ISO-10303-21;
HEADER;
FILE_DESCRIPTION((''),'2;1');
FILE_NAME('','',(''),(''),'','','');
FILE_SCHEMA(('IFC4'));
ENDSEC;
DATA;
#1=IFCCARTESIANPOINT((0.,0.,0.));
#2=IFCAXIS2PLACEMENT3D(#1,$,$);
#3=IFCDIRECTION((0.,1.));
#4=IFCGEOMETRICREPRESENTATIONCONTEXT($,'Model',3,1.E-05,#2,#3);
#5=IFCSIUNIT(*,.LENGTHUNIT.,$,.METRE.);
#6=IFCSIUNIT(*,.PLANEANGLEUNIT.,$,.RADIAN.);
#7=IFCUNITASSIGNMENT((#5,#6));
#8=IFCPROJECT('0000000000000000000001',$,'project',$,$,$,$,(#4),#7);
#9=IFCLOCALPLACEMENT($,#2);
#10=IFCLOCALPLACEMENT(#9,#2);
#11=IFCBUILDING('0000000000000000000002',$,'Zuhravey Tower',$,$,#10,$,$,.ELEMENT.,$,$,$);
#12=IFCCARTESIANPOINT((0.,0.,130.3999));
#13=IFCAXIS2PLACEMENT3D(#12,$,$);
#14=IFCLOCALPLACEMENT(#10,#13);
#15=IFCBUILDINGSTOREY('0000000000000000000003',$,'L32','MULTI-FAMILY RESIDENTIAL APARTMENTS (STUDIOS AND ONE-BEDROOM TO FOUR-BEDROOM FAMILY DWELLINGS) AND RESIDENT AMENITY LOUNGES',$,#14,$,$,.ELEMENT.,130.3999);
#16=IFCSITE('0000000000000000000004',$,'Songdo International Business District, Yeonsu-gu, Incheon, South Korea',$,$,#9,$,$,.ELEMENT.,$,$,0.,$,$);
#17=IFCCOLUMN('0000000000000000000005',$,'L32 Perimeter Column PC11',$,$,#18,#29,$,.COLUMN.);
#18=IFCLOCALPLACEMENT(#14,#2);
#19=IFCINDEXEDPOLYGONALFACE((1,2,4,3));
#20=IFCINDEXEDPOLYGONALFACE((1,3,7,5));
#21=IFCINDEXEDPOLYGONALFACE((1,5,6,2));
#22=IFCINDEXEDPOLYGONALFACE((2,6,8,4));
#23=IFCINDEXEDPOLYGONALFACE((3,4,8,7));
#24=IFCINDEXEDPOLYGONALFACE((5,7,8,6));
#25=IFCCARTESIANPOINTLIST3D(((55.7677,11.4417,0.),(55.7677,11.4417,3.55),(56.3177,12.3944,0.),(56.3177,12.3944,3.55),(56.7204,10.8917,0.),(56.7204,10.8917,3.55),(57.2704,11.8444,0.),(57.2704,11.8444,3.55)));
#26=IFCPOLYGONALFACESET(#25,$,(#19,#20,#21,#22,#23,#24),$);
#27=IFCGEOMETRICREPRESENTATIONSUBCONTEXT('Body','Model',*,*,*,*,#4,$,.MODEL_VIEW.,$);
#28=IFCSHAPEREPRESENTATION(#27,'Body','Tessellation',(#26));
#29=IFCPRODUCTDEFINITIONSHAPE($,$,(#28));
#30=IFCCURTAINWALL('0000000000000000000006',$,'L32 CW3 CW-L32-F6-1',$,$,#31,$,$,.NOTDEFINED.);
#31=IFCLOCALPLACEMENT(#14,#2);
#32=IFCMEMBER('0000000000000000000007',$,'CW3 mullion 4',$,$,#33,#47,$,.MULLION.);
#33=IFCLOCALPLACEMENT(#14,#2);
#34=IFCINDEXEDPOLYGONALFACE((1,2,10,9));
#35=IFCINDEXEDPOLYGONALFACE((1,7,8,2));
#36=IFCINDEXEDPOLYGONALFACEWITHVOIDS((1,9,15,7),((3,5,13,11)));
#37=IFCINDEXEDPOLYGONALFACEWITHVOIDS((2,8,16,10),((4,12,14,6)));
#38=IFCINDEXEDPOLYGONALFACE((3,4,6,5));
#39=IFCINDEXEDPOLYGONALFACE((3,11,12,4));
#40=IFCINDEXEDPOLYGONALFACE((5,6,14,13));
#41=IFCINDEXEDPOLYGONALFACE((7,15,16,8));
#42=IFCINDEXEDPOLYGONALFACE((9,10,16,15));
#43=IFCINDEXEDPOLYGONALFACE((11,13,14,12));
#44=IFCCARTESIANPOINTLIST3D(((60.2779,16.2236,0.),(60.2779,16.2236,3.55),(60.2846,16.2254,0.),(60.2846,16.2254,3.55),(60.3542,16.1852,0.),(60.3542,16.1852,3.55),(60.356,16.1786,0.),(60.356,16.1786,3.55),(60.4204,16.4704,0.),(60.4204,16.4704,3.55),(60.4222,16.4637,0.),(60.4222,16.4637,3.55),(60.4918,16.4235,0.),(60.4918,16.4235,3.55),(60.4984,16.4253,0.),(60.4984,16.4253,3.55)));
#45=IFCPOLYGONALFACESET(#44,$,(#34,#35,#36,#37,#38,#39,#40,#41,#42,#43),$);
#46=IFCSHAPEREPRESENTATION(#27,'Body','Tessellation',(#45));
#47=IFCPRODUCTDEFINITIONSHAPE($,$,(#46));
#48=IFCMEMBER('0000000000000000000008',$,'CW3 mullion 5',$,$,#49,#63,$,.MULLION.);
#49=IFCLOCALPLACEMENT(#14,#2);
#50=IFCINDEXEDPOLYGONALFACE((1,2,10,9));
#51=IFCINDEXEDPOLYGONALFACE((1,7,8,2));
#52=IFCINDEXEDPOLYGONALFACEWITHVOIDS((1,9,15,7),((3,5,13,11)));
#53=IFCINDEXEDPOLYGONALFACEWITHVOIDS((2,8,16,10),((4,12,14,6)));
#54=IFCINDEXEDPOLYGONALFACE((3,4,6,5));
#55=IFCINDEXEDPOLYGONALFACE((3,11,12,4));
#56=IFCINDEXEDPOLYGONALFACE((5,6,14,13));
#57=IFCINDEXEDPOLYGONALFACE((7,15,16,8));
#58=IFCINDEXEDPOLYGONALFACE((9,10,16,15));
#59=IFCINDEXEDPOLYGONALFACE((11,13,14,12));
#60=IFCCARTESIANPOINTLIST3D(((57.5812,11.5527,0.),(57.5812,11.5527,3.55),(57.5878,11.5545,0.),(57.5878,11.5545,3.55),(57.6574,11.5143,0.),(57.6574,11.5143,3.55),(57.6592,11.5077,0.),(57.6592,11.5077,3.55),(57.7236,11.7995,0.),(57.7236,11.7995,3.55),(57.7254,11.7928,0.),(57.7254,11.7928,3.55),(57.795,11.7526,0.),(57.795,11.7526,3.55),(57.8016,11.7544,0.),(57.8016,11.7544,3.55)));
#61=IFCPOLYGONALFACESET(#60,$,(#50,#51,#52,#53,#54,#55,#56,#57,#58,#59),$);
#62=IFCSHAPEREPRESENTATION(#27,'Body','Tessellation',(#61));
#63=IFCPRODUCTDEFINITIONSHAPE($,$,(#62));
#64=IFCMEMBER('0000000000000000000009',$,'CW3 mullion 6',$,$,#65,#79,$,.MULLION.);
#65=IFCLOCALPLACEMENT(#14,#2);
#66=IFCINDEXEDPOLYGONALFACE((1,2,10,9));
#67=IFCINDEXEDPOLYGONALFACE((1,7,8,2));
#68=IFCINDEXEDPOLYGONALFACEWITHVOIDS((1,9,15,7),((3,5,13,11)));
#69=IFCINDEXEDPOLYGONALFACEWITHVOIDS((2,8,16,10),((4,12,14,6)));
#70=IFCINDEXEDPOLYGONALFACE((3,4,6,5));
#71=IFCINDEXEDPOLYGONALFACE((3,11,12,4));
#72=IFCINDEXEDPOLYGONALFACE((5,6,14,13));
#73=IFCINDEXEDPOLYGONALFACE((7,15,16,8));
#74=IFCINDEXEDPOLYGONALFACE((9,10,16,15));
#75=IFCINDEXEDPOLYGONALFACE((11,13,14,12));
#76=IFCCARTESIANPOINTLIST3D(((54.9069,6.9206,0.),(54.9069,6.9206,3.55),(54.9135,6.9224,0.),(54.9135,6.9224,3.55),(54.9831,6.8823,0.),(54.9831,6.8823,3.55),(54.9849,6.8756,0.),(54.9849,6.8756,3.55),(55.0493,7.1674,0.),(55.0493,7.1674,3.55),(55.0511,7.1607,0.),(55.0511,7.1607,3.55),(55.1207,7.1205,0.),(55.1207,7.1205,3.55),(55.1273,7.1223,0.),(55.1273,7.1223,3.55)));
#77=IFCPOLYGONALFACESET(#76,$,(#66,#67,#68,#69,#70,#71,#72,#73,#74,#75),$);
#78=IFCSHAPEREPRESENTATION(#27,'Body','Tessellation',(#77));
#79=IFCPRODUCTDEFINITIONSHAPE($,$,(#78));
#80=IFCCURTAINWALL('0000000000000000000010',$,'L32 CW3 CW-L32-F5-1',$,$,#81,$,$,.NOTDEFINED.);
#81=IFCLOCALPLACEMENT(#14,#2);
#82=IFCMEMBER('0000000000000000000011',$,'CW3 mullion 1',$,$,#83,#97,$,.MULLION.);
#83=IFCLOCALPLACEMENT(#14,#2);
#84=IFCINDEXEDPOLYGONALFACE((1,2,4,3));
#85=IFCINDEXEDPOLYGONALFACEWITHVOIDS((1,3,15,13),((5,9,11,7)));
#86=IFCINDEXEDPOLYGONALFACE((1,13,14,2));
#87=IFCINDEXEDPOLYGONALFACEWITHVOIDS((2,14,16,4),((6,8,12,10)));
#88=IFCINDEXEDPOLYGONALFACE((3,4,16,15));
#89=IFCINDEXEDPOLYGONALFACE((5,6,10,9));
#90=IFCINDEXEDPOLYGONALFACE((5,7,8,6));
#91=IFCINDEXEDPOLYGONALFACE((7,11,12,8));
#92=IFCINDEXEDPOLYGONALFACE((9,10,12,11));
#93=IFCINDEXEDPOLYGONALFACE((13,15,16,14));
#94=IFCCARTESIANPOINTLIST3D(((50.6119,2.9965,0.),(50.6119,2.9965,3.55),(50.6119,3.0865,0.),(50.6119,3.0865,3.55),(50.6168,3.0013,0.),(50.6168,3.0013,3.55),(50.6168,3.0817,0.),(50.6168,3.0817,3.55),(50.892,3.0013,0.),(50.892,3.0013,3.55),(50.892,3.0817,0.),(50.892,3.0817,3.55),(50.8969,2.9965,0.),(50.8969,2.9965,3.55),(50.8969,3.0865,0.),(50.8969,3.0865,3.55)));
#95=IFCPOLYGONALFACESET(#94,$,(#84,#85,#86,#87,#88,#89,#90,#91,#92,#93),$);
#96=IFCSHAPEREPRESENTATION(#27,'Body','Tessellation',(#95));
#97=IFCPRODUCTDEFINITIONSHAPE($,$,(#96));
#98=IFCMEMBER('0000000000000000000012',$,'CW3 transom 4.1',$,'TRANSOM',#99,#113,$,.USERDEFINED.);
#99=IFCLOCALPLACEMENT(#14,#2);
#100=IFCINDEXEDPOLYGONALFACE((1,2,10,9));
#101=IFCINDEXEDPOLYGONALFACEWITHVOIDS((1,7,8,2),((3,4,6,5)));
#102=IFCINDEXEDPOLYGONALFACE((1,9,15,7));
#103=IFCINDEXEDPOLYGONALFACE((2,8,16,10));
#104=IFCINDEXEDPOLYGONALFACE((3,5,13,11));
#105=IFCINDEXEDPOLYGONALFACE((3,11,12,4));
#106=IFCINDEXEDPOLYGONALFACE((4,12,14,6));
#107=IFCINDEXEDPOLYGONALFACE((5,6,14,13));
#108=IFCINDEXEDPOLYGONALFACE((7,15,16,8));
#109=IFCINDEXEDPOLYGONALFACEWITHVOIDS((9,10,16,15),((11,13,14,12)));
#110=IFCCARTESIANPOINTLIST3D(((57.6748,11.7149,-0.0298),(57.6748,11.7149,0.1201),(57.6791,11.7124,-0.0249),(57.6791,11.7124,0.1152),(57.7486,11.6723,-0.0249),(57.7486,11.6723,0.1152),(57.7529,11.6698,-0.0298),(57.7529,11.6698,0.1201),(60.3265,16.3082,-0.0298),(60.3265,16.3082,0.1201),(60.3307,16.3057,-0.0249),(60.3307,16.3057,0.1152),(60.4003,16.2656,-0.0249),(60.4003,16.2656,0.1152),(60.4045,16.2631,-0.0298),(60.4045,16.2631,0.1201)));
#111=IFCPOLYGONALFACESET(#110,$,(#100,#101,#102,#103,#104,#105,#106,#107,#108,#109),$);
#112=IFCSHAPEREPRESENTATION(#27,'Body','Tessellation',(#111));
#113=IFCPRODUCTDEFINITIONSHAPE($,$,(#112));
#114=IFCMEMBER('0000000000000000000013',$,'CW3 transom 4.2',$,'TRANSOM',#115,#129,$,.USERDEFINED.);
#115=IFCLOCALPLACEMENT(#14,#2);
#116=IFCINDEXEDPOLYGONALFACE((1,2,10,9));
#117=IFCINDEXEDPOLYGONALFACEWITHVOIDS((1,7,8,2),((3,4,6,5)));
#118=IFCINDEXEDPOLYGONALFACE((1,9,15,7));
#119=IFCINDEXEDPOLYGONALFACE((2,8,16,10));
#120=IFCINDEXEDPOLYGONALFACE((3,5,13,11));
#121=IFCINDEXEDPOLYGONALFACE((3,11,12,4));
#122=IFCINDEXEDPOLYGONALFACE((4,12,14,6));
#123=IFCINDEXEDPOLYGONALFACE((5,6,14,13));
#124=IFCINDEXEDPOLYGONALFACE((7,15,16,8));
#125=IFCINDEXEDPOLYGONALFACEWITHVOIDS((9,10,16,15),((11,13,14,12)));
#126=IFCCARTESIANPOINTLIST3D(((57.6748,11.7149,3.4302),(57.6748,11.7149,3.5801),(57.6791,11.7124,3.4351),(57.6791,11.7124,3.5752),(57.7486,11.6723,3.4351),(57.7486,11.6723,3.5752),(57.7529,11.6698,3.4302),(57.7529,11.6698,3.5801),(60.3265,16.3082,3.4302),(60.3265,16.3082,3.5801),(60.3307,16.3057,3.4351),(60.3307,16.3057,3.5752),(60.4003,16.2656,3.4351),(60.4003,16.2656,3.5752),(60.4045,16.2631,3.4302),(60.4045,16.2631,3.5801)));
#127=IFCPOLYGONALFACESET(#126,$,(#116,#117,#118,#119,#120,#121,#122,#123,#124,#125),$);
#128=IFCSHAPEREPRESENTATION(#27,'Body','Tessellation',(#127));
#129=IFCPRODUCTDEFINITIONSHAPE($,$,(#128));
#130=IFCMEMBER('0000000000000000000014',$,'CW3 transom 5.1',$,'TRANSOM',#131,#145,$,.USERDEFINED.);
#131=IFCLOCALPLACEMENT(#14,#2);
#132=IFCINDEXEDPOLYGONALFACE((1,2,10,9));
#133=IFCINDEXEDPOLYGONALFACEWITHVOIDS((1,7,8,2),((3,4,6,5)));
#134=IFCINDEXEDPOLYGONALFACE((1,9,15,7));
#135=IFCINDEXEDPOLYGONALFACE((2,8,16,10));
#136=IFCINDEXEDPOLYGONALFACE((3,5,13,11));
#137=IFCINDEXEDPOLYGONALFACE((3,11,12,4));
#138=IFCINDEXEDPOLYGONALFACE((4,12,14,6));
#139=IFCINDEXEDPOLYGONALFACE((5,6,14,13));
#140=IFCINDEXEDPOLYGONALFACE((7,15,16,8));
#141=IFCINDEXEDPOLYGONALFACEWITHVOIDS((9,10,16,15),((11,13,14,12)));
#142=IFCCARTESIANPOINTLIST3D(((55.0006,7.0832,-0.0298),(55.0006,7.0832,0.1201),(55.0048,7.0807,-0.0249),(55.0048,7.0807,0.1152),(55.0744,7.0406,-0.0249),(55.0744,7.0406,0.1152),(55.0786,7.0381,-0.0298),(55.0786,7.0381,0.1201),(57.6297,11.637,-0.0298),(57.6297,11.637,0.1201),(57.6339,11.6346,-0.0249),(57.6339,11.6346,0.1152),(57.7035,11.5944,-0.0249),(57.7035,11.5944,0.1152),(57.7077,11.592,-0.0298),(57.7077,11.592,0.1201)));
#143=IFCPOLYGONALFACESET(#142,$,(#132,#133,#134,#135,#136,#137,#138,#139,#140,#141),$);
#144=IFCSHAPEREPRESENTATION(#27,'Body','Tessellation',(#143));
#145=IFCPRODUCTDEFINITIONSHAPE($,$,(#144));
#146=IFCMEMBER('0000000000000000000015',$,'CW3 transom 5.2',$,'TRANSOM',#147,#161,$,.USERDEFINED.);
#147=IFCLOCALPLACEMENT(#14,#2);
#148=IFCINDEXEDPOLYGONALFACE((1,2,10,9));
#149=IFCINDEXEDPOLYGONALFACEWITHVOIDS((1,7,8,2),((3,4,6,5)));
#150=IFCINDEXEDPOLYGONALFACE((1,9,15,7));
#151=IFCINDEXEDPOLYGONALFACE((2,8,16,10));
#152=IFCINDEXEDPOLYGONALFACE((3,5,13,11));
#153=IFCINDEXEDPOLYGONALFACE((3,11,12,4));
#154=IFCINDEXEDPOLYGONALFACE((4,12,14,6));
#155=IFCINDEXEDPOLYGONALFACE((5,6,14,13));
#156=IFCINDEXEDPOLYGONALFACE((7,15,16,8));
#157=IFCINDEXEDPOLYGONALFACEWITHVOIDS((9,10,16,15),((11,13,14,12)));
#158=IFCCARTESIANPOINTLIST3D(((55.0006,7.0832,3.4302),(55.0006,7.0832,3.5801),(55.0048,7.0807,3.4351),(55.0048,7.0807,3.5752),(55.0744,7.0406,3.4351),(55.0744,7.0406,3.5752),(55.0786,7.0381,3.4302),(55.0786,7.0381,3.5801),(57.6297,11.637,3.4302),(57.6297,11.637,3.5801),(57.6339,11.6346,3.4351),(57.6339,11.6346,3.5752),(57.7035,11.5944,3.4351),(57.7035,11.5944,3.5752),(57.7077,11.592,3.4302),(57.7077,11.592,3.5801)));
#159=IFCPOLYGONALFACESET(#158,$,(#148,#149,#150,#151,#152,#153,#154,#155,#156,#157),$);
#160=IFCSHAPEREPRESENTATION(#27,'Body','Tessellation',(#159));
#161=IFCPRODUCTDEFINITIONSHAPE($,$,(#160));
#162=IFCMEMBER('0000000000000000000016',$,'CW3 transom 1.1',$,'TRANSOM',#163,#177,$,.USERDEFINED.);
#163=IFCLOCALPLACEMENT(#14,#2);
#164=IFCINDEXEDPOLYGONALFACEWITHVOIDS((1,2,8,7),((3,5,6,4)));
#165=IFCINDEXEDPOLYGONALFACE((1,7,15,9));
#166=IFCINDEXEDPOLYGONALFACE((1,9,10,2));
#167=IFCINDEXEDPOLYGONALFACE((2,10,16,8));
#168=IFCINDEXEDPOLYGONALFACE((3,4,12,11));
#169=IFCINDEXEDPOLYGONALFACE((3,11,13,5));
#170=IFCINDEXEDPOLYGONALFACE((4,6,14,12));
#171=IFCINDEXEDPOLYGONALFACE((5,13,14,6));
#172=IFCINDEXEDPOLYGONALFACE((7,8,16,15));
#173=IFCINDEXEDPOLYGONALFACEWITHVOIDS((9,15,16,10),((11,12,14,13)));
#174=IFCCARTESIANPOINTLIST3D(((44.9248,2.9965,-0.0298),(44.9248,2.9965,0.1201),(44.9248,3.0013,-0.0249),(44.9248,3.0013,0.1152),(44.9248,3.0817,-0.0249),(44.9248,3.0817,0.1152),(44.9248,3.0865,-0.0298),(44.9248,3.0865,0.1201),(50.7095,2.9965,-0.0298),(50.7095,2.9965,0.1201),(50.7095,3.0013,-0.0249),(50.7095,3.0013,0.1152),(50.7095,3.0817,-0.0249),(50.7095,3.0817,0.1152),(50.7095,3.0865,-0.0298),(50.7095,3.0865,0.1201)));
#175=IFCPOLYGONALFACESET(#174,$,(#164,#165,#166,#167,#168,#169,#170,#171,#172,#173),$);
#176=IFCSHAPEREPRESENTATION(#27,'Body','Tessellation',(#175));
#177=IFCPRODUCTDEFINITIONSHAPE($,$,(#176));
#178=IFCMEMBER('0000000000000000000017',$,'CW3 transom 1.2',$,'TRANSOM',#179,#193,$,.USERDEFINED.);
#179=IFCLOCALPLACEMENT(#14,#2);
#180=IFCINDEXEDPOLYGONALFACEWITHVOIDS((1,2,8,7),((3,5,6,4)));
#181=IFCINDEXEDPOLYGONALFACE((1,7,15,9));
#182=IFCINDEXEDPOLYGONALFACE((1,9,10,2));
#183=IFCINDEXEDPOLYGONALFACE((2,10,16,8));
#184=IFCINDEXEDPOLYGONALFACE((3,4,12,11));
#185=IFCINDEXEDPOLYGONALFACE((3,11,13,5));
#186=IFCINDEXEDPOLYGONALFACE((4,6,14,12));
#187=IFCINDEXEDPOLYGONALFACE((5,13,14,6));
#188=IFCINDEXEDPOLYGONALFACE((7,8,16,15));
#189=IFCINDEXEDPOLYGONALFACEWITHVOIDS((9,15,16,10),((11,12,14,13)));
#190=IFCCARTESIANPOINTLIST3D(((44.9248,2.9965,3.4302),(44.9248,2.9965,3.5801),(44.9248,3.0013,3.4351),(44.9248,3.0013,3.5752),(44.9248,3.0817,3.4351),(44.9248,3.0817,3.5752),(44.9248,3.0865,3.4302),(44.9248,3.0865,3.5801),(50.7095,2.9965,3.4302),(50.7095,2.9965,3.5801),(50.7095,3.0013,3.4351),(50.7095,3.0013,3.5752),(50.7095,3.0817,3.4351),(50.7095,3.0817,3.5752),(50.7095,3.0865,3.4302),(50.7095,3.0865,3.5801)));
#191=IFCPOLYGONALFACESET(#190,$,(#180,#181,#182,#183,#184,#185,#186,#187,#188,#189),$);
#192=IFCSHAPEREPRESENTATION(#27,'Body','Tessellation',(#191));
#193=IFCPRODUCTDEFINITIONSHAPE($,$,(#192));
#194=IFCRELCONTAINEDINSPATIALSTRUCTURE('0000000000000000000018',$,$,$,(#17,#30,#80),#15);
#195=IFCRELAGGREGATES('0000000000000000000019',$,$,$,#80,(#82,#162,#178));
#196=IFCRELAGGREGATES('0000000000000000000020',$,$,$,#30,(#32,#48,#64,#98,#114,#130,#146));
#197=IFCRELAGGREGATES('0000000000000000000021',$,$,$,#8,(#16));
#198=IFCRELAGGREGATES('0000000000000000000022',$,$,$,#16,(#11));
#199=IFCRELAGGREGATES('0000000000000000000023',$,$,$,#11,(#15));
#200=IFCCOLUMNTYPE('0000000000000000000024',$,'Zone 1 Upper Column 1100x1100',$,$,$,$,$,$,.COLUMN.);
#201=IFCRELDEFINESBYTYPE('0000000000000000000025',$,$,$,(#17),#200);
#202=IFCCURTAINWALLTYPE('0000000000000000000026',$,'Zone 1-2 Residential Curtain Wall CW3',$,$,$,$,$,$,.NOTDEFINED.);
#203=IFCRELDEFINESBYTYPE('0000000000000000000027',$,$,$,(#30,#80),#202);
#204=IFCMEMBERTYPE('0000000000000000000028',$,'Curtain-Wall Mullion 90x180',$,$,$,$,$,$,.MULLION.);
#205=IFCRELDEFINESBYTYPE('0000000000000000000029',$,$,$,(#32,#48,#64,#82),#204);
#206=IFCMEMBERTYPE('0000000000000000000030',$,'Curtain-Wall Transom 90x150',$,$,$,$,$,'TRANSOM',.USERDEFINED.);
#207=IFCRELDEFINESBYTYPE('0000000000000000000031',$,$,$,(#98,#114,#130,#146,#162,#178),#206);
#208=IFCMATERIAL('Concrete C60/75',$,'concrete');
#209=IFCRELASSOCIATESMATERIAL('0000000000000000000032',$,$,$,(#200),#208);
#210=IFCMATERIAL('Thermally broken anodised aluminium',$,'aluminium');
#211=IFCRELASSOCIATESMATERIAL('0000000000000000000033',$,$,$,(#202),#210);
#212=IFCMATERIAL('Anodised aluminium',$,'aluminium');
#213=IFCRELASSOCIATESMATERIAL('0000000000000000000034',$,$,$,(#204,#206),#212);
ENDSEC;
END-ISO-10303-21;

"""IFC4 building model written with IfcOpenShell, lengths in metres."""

from ifc_helpers import new_model, si_unit, direction, frame, origin, origin_2d, place, context, subcontext, project, spatial, rectangle, hollow_rectangle, extrude, material, material_profile, profile_set, type_object, element, aggregate, save


model = new_model("IFC4")

# Units and contexts
model_context = context("Model", 3, precision=1e-05, world=origin(), true_north=direction((0.0, 1.0)))
body_context = subcontext(model_context, "Body", "Model", "MODEL_VIEW")
ifc_project = project(units=[si_unit("LENGTHUNIT", "METRE"), si_unit("PLANEANGLEUNIT", "RADIAN")], contexts=[model_context])

# Site, building, storey
site_placement = place(None, origin())
site = spatial("IfcSite", under=ifc_project, at=site_placement, Name="Songdo International Business District, Yeonsu-gu, Incheon, South Korea", CompositionType="ELEMENT", RefElevation=0.0)
building_placement = place(site_placement, origin())
building = spatial("IfcBuilding", under=site, at=building_placement, Name="Zuhravey Tower", CompositionType="ELEMENT")
storey_placement = place(building_placement, frame((0.0, 0.0, 130.3999)))
storey = spatial("IfcBuildingStorey", under=building, at=storey_placement, Name="L32", Description="MULTI-FAMILY RESIDENTIAL APARTMENTS (STUDIOS AND ONE-BEDROOM TO FOUR-BEDROOM FAMILY DWELLINGS) AND RESIDENT AMENITY LOUNGES", CompositionType="ELEMENT", Elevation=130.3999)

# Column
ifc_material_1 = material(Name="Concrete C60/75", Category="concrete")
ifc_material_profile_1 = material_profile(ifc_material_1, rectangle(XDim=1.1001, YDim=1.1001, at=origin_2d()), Name="RC-1100x1100")
ifc_profile_set_1 = profile_set([ifc_material_profile_1], Name="Concrete C60/75")
column_type = type_object("IfcColumnType", Name="Zone 1 Upper Column 1100x1100", PredefinedType="COLUMN", material=ifc_profile_set_1)
column_placement = place(storey_placement, frame((56.519, 11.6431, 0.0), z_axis=(0.0, 0.0, 1.0), x_axis=(0.5, 0.866025, 0.0)))
element("IfcColumn", 1, at=column_placement, inside=storey, type_object=column_type, Name="L32 Perimeter Column PC11", PredefinedType="COLUMN", context=body_context, shape_type="SweptSolid", body=[
    extrude(rectangle(XDim=1.1001, YDim=1.1001, at=origin_2d()), origin(), (0.0, 0.0, 1.0), 3.55),
])

# Curtain wall, members
ifc_material_2 = material(Name="Thermally broken anodised aluminium", Category="aluminium")
curtain_wall_type = type_object("IfcCurtainWallType", Name="Zone 1-2 Residential Curtain Wall CW3", PredefinedType="NOTDEFINED", material=ifc_material_2)
curtain_wall_1_placement = place(storey_placement, origin())
curtain_wall_1 = element("IfcCurtainWall", 2, at=curtain_wall_1_placement, inside=storey, type_object=curtain_wall_type, Name="L32 CW3 CW-L32-F6-1", PredefinedType="NOTDEFINED")
ifc_material_3 = material(Name="Anodised aluminium", Category="aluminium")
ifc_material_profile_2 = material_profile(ifc_material_3, hollow_rectangle(XDim=0.0901, YDim=0.2849, WallThickness=0.0049, at=origin_2d()), Name="ALU-RHS-90x285x5")
ifc_profile_set_2 = profile_set([ifc_material_profile_2], Name="Anodised aluminium")
member_type_1 = type_object("IfcMemberType", Name="Curtain-Wall Mullion 90x180", PredefinedType="MULLION", material=ifc_profile_set_2)
member_1_placement = place(storey_placement, frame((60.3882, 16.3245, 0.0), z_axis=(0.0, 0.0, 1.0), x_axis=(0.866026, -0.5, 0.0)))
member_1 = element("IfcMember", 3, at=member_1_placement, type_object=member_type_1, Name="CW3 mullion 4", PredefinedType="MULLION", context=body_context, shape_type="SweptSolid", body=[
    extrude(hollow_rectangle(XDim=0.0901, YDim=0.2849, WallThickness=0.0049, at=origin_2d()), origin(), (0.0, 0.0, 1.0), 3.55),
])
member_2_placement = place(storey_placement, frame((57.6914, 11.6536, 0.0), z_axis=(0.0, 0.0, 1.0), x_axis=(0.866026, -0.5, 0.0)))
member_2 = element("IfcMember", 4, at=member_2_placement, type_object=member_type_1, Name="CW3 mullion 5", PredefinedType="MULLION", context=body_context, shape_type="SweptSolid", body=[
    extrude(hollow_rectangle(XDim=0.0901, YDim=0.2849, WallThickness=0.0049, at=origin_2d()), origin(), (0.0, 0.0, 1.0), 3.55),
])
member_3_placement = place(storey_placement, frame((55.0171, 7.0215, 0.0), z_axis=(0.0, 0.0, 1.0), x_axis=(0.866026, -0.5, 0.0)))
member_3 = element("IfcMember", 5, at=member_3_placement, type_object=member_type_1, Name="CW3 mullion 6", PredefinedType="MULLION", context=body_context, shape_type="SweptSolid", body=[
    extrude(hollow_rectangle(XDim=0.0901, YDim=0.2849, WallThickness=0.0049, at=origin_2d()), origin(), (0.0, 0.0, 1.0), 3.55),
])

# Curtain wall, member
curtain_wall_2_placement = place(storey_placement, origin())
curtain_wall_2 = element("IfcCurtainWall", 6, at=curtain_wall_2_placement, inside=storey, type_object=curtain_wall_type, Name="L32 CW3 CW-L32-F5-1", PredefinedType="NOTDEFINED")
member_4_placement = place(storey_placement, frame((50.7544, 3.0415, 0.0), z_axis=(0.0, 0.0, 1.0), x_axis=(0.0, -1.0, 0.0)))
member_4 = element("IfcMember", 7, at=member_4_placement, type_object=member_type_1, Name="CW3 mullion 1", PredefinedType="MULLION", context=body_context, shape_type="SweptSolid", body=[
    extrude(hollow_rectangle(XDim=0.0901, YDim=0.2849, WallThickness=0.0049, at=origin_2d()), origin(), (0.0, 0.0, 1.0), 3.55),
])

# Members
ifc_material_profile_3 = material_profile(ifc_material_3, hollow_rectangle(XDim=0.0901, YDim=0.1499, WallThickness=0.0049, at=origin_2d()), Name="ALU-RHS-90x150x5")
ifc_profile_set_3 = profile_set([ifc_material_profile_3], Name="Anodised aluminium")
member_type_2 = type_object("IfcMemberType", Name="Curtain-Wall Transom 90x150", ElementType="TRANSOM", PredefinedType="USERDEFINED", material=ifc_profile_set_3)
member_5_placement = place(storey_placement, frame((60.3655, 16.2856, 0.0452), z_axis=(-0.499956, -0.866051, 0.0), x_axis=(0.866051, -0.499956, 0.0)))
member_5 = element("IfcMember", 8, at=member_5_placement, type_object=member_type_2, Name="CW3 transom 4.1", ObjectType="TRANSOM", PredefinedType="USERDEFINED", context=body_context, shape_type="SweptSolid", body=[
    extrude(hollow_rectangle(XDim=0.0901, YDim=0.1499, WallThickness=0.0049, at=origin_2d()), origin(), (0.0, 0.0, 1.0), 5.3037),
])
member_6_placement = place(storey_placement, frame((60.3655, 16.2856, 3.5051), z_axis=(-0.499956, -0.866051, 0.0), x_axis=(0.866051, -0.499956, 0.0)))
member_6 = element("IfcMember", 9, at=member_6_placement, type_object=member_type_2, Name="CW3 transom 4.2", ObjectType="TRANSOM", PredefinedType="USERDEFINED", context=body_context, shape_type="SweptSolid", body=[
    extrude(hollow_rectangle(XDim=0.0901, YDim=0.1499, WallThickness=0.0049, at=origin_2d()), origin(), (0.0, 0.0, 1.0), 5.3037),
])
member_7_placement = place(storey_placement, frame((57.6687, 11.6145, 0.0452), z_axis=(-0.499989, -0.866032, 0.0), x_axis=(0.866032, -0.499989, 0.0)))
member_7 = element("IfcMember", 10, at=member_7_placement, type_object=member_type_2, Name="CW3 transom 5.1", ObjectType="TRANSOM", PredefinedType="USERDEFINED", context=body_context, shape_type="SweptSolid", body=[
    extrude(hollow_rectangle(XDim=0.0901, YDim=0.1499, WallThickness=0.0049, at=origin_2d()), origin(), (0.0, 0.0, 1.0), 5.2583),
])
member_8_placement = place(storey_placement, frame((57.6687, 11.6145, 3.5051), z_axis=(-0.499989, -0.866032, 0.0), x_axis=(0.866032, -0.499989, 0.0)))
member_8 = element("IfcMember", 11, at=member_8_placement, type_object=member_type_2, Name="CW3 transom 5.2", ObjectType="TRANSOM", PredefinedType="USERDEFINED", context=body_context, shape_type="SweptSolid", body=[
    extrude(hollow_rectangle(XDim=0.0901, YDim=0.1499, WallThickness=0.0049, at=origin_2d()), origin(), (0.0, 0.0, 1.0), 5.2583),
])
member_9_placement = place(storey_placement, frame((50.7095, 3.0415, 0.0452), z_axis=(-1.0, 0.0, 0.0), x_axis=(0.0, -1.0, 0.0)))
member_9 = element("IfcMember", 12, at=member_9_placement, type_object=member_type_2, Name="CW3 transom 1.1", ObjectType="TRANSOM", PredefinedType="USERDEFINED", context=body_context, shape_type="SweptSolid", body=[
    extrude(hollow_rectangle(XDim=0.0901, YDim=0.1499, WallThickness=0.0049, at=origin_2d()), origin(), (0.0, 0.0, 1.0), 5.7847),
])
member_10_placement = place(storey_placement, frame((50.7095, 3.0415, 3.5051), z_axis=(-1.0, 0.0, 0.0), x_axis=(0.0, -1.0, 0.0)))
member_10 = element("IfcMember", 13, at=member_10_placement, type_object=member_type_2, Name="CW3 transom 1.2", ObjectType="TRANSOM", PredefinedType="USERDEFINED", context=body_context, shape_type="SweptSolid", body=[
    extrude(hollow_rectangle(XDim=0.0901, YDim=0.1499, WallThickness=0.0049, at=origin_2d()), origin(), (0.0, 0.0, 1.0), 5.7847),
])
aggregate(curtain_wall_2, [member_4, member_9, member_10])

aggregate(curtain_wall_1, [member_1, member_2, member_3, member_5, member_6, member_7, member_8])

save(model, "model.ifc")
